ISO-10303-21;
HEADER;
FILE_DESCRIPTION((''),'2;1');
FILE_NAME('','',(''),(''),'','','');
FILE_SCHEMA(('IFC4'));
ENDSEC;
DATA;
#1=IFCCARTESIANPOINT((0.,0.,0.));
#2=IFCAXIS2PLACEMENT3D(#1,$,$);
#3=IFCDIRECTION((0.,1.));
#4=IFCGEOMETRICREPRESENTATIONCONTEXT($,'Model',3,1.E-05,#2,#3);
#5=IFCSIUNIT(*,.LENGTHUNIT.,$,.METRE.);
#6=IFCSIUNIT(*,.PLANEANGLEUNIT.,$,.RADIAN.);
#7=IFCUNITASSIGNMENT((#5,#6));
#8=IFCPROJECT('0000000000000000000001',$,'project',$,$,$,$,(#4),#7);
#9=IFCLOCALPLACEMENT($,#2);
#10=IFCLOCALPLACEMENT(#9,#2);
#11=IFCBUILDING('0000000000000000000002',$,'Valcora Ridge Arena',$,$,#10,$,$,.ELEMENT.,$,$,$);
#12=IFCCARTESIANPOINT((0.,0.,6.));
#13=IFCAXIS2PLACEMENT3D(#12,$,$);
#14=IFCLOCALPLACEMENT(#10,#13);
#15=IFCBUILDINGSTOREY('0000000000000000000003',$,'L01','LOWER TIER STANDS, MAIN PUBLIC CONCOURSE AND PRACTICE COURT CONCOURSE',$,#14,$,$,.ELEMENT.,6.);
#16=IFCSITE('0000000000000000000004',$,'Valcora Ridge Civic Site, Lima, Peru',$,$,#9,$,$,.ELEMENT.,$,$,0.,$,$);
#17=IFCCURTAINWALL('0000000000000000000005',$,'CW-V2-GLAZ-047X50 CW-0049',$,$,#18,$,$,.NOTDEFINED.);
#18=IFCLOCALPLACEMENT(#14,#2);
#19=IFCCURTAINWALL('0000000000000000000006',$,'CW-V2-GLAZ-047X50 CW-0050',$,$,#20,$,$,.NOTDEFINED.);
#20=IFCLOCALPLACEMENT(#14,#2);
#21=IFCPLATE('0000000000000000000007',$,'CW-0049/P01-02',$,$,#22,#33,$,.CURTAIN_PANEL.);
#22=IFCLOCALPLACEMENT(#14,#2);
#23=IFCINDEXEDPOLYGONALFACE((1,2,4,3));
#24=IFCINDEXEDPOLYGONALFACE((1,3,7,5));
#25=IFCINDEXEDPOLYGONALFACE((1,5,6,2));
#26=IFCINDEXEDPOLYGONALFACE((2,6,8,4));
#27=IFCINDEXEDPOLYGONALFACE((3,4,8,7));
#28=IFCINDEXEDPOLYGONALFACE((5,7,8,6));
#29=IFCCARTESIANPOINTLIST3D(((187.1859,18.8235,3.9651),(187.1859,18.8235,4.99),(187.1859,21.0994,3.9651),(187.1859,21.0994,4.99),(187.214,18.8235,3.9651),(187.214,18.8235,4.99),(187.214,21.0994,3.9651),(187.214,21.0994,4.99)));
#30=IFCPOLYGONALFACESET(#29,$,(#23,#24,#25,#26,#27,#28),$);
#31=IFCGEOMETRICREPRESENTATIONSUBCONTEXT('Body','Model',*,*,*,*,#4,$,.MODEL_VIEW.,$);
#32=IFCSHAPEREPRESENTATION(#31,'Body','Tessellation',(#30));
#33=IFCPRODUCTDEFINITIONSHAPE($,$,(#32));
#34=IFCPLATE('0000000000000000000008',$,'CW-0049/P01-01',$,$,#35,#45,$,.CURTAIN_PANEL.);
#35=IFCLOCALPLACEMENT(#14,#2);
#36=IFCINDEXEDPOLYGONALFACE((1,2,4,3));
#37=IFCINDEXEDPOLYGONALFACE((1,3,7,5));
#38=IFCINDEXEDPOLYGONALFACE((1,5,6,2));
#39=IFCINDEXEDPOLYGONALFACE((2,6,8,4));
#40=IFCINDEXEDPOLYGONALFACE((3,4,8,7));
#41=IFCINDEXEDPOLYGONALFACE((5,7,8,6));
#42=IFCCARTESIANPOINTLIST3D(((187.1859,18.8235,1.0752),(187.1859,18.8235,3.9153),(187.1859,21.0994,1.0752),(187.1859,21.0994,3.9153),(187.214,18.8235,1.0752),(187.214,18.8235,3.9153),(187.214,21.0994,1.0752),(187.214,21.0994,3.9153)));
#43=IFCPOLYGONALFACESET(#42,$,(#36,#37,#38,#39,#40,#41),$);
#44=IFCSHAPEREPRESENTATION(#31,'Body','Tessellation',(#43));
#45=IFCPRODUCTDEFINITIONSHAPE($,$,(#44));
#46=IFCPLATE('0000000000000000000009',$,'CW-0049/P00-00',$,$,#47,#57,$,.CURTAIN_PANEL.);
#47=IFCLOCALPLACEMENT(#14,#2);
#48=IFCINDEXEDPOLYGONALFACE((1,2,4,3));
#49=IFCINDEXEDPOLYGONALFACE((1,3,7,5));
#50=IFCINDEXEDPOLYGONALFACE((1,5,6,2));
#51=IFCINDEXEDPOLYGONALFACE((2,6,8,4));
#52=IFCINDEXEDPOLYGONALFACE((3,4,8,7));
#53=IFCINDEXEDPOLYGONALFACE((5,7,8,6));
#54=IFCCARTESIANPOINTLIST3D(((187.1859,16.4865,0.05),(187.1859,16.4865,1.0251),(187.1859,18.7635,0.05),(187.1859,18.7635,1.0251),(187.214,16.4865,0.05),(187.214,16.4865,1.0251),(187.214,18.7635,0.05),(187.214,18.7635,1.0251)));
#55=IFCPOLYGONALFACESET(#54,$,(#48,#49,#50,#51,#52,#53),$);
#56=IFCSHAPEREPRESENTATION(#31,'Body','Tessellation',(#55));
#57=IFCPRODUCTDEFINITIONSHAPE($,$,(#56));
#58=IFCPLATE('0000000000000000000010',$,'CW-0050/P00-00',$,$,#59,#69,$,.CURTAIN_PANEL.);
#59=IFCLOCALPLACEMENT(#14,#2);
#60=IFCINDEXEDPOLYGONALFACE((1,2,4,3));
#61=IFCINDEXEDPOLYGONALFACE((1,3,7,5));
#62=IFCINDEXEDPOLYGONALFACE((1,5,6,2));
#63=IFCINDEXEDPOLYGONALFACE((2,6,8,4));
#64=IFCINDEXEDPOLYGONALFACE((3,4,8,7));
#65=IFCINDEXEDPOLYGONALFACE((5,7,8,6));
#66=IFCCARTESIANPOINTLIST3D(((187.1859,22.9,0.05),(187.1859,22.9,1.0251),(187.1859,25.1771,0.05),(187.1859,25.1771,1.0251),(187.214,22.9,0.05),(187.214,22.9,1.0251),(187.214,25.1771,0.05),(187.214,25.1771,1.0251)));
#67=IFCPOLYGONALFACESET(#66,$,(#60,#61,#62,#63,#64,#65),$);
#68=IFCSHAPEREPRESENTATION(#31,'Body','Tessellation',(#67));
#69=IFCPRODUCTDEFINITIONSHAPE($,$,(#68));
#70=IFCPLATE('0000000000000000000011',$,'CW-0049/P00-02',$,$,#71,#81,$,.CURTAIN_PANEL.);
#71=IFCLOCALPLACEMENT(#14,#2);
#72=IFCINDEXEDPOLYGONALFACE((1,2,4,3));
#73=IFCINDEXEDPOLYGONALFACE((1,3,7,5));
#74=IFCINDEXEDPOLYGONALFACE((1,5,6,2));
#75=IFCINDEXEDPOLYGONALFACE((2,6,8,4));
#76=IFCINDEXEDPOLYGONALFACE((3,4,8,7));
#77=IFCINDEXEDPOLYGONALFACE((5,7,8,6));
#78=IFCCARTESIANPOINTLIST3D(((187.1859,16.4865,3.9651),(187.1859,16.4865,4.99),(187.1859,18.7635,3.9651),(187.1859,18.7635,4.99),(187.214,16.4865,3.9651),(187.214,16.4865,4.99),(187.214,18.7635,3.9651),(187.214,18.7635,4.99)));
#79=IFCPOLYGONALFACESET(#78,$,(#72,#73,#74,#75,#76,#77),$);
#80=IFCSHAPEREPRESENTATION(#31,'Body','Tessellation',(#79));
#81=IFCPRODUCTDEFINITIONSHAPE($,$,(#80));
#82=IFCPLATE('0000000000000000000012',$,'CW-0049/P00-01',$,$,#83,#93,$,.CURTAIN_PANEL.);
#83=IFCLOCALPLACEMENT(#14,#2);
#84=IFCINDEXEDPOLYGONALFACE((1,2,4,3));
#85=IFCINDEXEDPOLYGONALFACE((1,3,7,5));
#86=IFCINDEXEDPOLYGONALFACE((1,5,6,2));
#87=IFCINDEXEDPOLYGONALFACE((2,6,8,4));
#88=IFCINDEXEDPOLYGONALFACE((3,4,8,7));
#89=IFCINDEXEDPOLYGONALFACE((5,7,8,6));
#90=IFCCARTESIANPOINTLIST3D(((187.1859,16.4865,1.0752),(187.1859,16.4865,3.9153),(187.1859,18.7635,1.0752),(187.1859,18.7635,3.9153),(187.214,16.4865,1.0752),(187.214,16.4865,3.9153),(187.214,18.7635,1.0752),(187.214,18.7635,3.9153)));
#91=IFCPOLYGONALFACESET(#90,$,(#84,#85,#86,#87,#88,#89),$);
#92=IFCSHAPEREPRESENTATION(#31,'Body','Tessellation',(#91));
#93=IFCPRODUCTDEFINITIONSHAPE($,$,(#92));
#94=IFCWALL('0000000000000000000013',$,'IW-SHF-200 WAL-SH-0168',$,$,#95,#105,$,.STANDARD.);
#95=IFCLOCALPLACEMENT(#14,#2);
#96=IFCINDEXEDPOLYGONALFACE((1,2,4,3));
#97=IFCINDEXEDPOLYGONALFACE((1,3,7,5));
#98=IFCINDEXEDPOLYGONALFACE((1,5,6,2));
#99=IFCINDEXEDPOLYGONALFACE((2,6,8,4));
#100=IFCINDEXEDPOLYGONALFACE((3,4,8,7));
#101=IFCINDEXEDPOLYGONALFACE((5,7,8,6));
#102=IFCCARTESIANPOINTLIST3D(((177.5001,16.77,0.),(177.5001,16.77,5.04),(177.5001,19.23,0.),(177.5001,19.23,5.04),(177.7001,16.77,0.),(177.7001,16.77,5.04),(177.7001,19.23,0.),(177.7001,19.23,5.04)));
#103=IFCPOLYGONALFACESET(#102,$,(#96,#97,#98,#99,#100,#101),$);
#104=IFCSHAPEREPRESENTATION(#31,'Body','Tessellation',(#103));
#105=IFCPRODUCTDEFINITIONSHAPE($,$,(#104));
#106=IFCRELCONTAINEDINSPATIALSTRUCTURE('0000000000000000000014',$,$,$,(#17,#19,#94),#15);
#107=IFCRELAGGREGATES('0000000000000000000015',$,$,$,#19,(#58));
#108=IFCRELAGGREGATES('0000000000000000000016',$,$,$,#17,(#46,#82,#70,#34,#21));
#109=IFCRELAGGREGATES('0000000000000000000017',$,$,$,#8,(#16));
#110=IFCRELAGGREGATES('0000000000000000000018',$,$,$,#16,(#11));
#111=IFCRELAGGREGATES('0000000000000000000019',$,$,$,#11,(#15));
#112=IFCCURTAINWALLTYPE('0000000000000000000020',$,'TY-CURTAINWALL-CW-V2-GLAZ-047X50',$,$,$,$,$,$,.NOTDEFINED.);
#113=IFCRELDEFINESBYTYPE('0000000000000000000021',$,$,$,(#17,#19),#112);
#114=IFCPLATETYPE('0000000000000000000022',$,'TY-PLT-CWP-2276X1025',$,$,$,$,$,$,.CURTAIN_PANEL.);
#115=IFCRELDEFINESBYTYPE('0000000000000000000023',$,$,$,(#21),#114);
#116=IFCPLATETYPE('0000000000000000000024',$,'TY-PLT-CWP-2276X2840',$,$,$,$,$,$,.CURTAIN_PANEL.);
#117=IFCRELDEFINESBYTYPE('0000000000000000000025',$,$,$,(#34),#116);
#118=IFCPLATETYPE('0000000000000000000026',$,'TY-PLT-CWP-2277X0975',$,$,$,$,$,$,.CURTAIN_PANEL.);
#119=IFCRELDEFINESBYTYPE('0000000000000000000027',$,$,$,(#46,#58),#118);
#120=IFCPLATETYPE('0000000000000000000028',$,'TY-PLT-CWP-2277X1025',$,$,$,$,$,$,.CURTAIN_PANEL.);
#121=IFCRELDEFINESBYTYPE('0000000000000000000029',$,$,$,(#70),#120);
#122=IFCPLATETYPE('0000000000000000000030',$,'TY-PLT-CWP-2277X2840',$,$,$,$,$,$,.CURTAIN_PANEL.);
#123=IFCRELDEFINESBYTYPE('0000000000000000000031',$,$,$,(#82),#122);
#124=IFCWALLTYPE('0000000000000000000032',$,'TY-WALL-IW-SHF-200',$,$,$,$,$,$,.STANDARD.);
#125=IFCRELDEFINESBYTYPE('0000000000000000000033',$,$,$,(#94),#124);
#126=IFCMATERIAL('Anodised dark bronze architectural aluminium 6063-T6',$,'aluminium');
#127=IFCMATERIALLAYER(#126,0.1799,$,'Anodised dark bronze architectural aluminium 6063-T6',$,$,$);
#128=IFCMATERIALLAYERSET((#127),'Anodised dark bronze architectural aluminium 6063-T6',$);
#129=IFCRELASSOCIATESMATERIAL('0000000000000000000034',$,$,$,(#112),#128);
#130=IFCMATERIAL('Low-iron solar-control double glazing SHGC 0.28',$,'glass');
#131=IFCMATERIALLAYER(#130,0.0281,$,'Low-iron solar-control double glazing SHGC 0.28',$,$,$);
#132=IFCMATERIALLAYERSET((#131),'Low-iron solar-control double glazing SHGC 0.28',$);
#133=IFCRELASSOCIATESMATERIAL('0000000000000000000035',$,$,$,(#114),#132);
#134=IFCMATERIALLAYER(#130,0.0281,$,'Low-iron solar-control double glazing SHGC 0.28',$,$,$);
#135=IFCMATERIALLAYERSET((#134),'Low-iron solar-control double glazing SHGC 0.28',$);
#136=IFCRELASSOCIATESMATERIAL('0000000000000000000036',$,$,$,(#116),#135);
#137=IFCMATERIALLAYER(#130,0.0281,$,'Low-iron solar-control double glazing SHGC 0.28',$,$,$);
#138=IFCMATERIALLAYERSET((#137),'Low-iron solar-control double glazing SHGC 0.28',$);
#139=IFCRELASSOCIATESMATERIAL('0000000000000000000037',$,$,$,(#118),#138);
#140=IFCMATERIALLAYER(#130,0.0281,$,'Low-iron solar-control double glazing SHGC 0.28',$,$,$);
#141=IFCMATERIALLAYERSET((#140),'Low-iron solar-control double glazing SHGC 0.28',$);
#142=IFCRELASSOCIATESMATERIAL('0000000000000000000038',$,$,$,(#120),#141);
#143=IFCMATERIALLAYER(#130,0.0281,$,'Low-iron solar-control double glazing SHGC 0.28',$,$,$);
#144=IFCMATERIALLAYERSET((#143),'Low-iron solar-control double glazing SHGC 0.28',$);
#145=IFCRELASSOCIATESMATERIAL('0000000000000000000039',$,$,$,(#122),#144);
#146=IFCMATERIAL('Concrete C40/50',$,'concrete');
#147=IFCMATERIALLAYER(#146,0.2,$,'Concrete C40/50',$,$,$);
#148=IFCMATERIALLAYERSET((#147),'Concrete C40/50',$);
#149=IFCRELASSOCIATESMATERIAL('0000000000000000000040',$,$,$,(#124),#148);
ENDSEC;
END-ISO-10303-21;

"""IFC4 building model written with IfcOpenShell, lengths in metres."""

from ifc_helpers import new_model, si_unit, direction, frame, frame_2d, origin, origin_2d, place, context, subcontext, project, spatial, rectangle, extrude, material, layer, layer_set, type_object, element, aggregate, save


model = new_model("IFC4")

# Units and contexts
model_context = context("Model", 3, precision=1e-05, world=origin(), true_north=direction((0.0, 1.0)))
body_context = subcontext(model_context, "Body", "Model", "MODEL_VIEW")
ifc_project = project(units=[si_unit("LENGTHUNIT", "METRE"), si_unit("PLANEANGLEUNIT", "RADIAN")], contexts=[model_context])

# Site, building, storey
site_placement = place(None, origin())
site = spatial("IfcSite", under=ifc_project, at=site_placement, Name="Valcora Ridge Civic Site, Lima, Peru", CompositionType="ELEMENT", RefElevation=0.0)
building_placement = place(site_placement, origin())
building = spatial("IfcBuilding", under=site, at=building_placement, Name="Valcora Ridge Arena", CompositionType="ELEMENT")
storey_placement = place(building_placement, frame((0.0, 0.0, 6.0)))
storey = spatial("IfcBuildingStorey", under=building, at=storey_placement, Name="L01", Description="LOWER TIER STANDS, MAIN PUBLIC CONCOURSE AND PRACTICE COURT CONCOURSE", CompositionType="ELEMENT", Elevation=6.0)

# Curtain wall
ifc_material_1 = material(Name="Anodised dark bronze architectural aluminium 6063-T6", Category="aluminium")
ifc_layer_1 = layer(ifc_material_1, 0.1799, Name="Anodised dark bronze architectural aluminium 6063-T6")
ifc_layer_set_1 = layer_set([ifc_layer_1], Name="Anodised dark bronze architectural aluminium 6063-T6")
curtain_wall_type = type_object("IfcCurtainWallType", Name="TY-CURTAINWALL-CW-V2-GLAZ-047X50", PredefinedType="NOTDEFINED", material=ifc_layer_set_1)
curtain_wall_1_placement = place(storey_placement, origin())
curtain_wall_1 = element("IfcCurtainWall", 1, at=curtain_wall_1_placement, inside=storey, type_object=curtain_wall_type, Name="CW-V2-GLAZ-047X50 CW-0049", PredefinedType="NOTDEFINED")

# Curtain wall
curtain_wall_2_placement = place(storey_placement, origin())
curtain_wall_2 = element("IfcCurtainWall", 2, at=curtain_wall_2_placement, inside=storey, type_object=curtain_wall_type, Name="CW-V2-GLAZ-047X50 CW-0050", PredefinedType="NOTDEFINED")

# Plates
ifc_material_2 = material(Name="Low-iron solar-control double glazing SHGC 0.28", Category="glass")
ifc_layer_2 = layer(ifc_material_2, 0.0281, Name="Low-iron solar-control double glazing SHGC 0.28")
ifc_layer_set_2 = layer_set([ifc_layer_2], Name="Low-iron solar-control double glazing SHGC 0.28")
plate_type_1 = type_object("IfcPlateType", Name="TY-PLT-CWP-2276X1025", PredefinedType="CURTAIN_PANEL", material=ifc_layer_set_2)
plate_1_placement = place(storey_placement, frame((187.2, 19.9614, 3.9651), z_axis=(0.0, 0.0, 1.0), x_axis=(0.0, 1.0, 0.0)))
plate_1 = element("IfcPlate", 3, at=plate_1_placement, type_object=plate_type_1, Name="CW-0049/P01-02", PredefinedType="CURTAIN_PANEL", context=body_context, shape_type="SweptSolid", body=[
    extrude(rectangle(XDim=2.2759, YDim=0.0281, at=origin_2d()), origin(), (0.0, 0.0, 1.0), 1.0249),
])
ifc_layer_3 = layer(ifc_material_2, 0.0281, Name="Low-iron solar-control double glazing SHGC 0.28")
ifc_layer_set_3 = layer_set([ifc_layer_3], Name="Low-iron solar-control double glazing SHGC 0.28")
plate_type_2 = type_object("IfcPlateType", Name="TY-PLT-CWP-2276X2840", PredefinedType="CURTAIN_PANEL", material=ifc_layer_set_3)
plate_2_placement = place(storey_placement, frame((187.2, 19.9614, 1.0752), z_axis=(0.0, 0.0, 1.0), x_axis=(0.0, 1.0, 0.0)))
plate_2 = element("IfcPlate", 4, at=plate_2_placement, type_object=plate_type_2, Name="CW-0049/P01-01", PredefinedType="CURTAIN_PANEL", context=body_context, shape_type="SweptSolid", body=[
    extrude(rectangle(XDim=2.2759, YDim=0.0281, at=origin_2d()), origin(), (0.0, 0.0, 1.0), 2.8401),
])
ifc_layer_4 = layer(ifc_material_2, 0.0281, Name="Low-iron solar-control double glazing SHGC 0.28")
ifc_layer_set_4 = layer_set([ifc_layer_4], Name="Low-iron solar-control double glazing SHGC 0.28")
plate_type_3 = type_object("IfcPlateType", Name="TY-PLT-CWP-2277X0975", PredefinedType="CURTAIN_PANEL", material=ifc_layer_set_4)
plate_3_placement = place(storey_placement, frame((187.2, 17.625, 0.05), z_axis=(0.0, 0.0, 1.0), x_axis=(0.0, 1.0, 0.0)))
plate_3 = element("IfcPlate", 5, at=plate_3_placement, type_object=plate_type_3, Name="CW-0049/P00-00", PredefinedType="CURTAIN_PANEL", context=body_context, shape_type="SweptSolid", body=[
    extrude(rectangle(XDim=2.2771, YDim=0.0281, at=origin_2d()), origin(), (0.0, 0.0, 1.0), 0.9751),
])
plate_4_placement = place(storey_placement, frame((187.2, 24.0386, 0.05), z_axis=(0.0, 0.0, 1.0), x_axis=(0.0, 1.0, 0.0)))
plate_4 = element("IfcPlate", 6, at=plate_4_placement, type_object=plate_type_3, Name="CW-0050/P00-00", PredefinedType="CURTAIN_PANEL", context=body_context, shape_type="SweptSolid", body=[
    extrude(rectangle(XDim=2.2771, YDim=0.0281, at=origin_2d()), origin(), (0.0, 0.0, 1.0), 0.9751),
])
aggregate(curtain_wall_2, [plate_4])
ifc_layer_5 = layer(ifc_material_2, 0.0281, Name="Low-iron solar-control double glazing SHGC 0.28")
ifc_layer_set_5 = layer_set([ifc_layer_5], Name="Low-iron solar-control double glazing SHGC 0.28")
plate_type_4 = type_object("IfcPlateType", Name="TY-PLT-CWP-2277X1025", PredefinedType="CURTAIN_PANEL", material=ifc_layer_set_5)
plate_5_placement = place(storey_placement, frame((187.2, 17.625, 3.9651), z_axis=(0.0, 0.0, 1.0), x_axis=(0.0, 1.0, 0.0)))
plate_5 = element("IfcPlate", 7, at=plate_5_placement, type_object=plate_type_4, Name="CW-0049/P00-02", PredefinedType="CURTAIN_PANEL", context=body_context, shape_type="SweptSolid", body=[
    extrude(rectangle(XDim=2.2771, YDim=0.0281, at=origin_2d()), origin(), (0.0, 0.0, 1.0), 1.0249),
])
ifc_layer_6 = layer(ifc_material_2, 0.0281, Name="Low-iron solar-control double glazing SHGC 0.28")
ifc_layer_set_6 = layer_set([ifc_layer_6], Name="Low-iron solar-control double glazing SHGC 0.28")
plate_type_5 = type_object("IfcPlateType", Name="TY-PLT-CWP-2277X2840", PredefinedType="CURTAIN_PANEL", material=ifc_layer_set_6)
plate_6_placement = place(storey_placement, frame((187.2, 17.625, 1.0752), z_axis=(0.0, 0.0, 1.0), x_axis=(0.0, 1.0, 0.0)))
plate_6 = element("IfcPlate", 8, at=plate_6_placement, type_object=plate_type_5, Name="CW-0049/P00-01", PredefinedType="CURTAIN_PANEL", context=body_context, shape_type="SweptSolid", body=[
    extrude(rectangle(XDim=2.2771, YDim=0.0281, at=origin_2d()), origin(), (0.0, 0.0, 1.0), 2.8401),
])
aggregate(curtain_wall_1, [plate_3, plate_6, plate_5, plate_2, plate_1])

# Wall
ifc_material_3 = material(Name="Concrete C40/50", Category="concrete")
ifc_layer_7 = layer(ifc_material_3, 0.2, Name="Concrete C40/50")
ifc_layer_set_7 = layer_set([ifc_layer_7], Name="Concrete C40/50")
wall_type = type_object("IfcWallType", Name="TY-WALL-IW-SHF-200", PredefinedType="STANDARD", material=ifc_layer_set_7)
wall_placement = place(storey_placement, frame((177.6001, 16.77, 0.0), z_axis=(0.0, 0.0, 1.0), x_axis=(0.0, 1.0, 0.0)))
element("IfcWall", 9, at=wall_placement, inside=storey, type_object=wall_type, Name="IW-SHF-200 WAL-SH-0168", PredefinedType="STANDARD", context=body_context, shape_type="SweptSolid", body=[
    extrude(rectangle(XDim=2.46, YDim=0.2, at=frame_2d((1.23, 0.0))), origin(), (0.0, 0.0, 1.0), 5.04),
])

save(model, "model.ifc")
